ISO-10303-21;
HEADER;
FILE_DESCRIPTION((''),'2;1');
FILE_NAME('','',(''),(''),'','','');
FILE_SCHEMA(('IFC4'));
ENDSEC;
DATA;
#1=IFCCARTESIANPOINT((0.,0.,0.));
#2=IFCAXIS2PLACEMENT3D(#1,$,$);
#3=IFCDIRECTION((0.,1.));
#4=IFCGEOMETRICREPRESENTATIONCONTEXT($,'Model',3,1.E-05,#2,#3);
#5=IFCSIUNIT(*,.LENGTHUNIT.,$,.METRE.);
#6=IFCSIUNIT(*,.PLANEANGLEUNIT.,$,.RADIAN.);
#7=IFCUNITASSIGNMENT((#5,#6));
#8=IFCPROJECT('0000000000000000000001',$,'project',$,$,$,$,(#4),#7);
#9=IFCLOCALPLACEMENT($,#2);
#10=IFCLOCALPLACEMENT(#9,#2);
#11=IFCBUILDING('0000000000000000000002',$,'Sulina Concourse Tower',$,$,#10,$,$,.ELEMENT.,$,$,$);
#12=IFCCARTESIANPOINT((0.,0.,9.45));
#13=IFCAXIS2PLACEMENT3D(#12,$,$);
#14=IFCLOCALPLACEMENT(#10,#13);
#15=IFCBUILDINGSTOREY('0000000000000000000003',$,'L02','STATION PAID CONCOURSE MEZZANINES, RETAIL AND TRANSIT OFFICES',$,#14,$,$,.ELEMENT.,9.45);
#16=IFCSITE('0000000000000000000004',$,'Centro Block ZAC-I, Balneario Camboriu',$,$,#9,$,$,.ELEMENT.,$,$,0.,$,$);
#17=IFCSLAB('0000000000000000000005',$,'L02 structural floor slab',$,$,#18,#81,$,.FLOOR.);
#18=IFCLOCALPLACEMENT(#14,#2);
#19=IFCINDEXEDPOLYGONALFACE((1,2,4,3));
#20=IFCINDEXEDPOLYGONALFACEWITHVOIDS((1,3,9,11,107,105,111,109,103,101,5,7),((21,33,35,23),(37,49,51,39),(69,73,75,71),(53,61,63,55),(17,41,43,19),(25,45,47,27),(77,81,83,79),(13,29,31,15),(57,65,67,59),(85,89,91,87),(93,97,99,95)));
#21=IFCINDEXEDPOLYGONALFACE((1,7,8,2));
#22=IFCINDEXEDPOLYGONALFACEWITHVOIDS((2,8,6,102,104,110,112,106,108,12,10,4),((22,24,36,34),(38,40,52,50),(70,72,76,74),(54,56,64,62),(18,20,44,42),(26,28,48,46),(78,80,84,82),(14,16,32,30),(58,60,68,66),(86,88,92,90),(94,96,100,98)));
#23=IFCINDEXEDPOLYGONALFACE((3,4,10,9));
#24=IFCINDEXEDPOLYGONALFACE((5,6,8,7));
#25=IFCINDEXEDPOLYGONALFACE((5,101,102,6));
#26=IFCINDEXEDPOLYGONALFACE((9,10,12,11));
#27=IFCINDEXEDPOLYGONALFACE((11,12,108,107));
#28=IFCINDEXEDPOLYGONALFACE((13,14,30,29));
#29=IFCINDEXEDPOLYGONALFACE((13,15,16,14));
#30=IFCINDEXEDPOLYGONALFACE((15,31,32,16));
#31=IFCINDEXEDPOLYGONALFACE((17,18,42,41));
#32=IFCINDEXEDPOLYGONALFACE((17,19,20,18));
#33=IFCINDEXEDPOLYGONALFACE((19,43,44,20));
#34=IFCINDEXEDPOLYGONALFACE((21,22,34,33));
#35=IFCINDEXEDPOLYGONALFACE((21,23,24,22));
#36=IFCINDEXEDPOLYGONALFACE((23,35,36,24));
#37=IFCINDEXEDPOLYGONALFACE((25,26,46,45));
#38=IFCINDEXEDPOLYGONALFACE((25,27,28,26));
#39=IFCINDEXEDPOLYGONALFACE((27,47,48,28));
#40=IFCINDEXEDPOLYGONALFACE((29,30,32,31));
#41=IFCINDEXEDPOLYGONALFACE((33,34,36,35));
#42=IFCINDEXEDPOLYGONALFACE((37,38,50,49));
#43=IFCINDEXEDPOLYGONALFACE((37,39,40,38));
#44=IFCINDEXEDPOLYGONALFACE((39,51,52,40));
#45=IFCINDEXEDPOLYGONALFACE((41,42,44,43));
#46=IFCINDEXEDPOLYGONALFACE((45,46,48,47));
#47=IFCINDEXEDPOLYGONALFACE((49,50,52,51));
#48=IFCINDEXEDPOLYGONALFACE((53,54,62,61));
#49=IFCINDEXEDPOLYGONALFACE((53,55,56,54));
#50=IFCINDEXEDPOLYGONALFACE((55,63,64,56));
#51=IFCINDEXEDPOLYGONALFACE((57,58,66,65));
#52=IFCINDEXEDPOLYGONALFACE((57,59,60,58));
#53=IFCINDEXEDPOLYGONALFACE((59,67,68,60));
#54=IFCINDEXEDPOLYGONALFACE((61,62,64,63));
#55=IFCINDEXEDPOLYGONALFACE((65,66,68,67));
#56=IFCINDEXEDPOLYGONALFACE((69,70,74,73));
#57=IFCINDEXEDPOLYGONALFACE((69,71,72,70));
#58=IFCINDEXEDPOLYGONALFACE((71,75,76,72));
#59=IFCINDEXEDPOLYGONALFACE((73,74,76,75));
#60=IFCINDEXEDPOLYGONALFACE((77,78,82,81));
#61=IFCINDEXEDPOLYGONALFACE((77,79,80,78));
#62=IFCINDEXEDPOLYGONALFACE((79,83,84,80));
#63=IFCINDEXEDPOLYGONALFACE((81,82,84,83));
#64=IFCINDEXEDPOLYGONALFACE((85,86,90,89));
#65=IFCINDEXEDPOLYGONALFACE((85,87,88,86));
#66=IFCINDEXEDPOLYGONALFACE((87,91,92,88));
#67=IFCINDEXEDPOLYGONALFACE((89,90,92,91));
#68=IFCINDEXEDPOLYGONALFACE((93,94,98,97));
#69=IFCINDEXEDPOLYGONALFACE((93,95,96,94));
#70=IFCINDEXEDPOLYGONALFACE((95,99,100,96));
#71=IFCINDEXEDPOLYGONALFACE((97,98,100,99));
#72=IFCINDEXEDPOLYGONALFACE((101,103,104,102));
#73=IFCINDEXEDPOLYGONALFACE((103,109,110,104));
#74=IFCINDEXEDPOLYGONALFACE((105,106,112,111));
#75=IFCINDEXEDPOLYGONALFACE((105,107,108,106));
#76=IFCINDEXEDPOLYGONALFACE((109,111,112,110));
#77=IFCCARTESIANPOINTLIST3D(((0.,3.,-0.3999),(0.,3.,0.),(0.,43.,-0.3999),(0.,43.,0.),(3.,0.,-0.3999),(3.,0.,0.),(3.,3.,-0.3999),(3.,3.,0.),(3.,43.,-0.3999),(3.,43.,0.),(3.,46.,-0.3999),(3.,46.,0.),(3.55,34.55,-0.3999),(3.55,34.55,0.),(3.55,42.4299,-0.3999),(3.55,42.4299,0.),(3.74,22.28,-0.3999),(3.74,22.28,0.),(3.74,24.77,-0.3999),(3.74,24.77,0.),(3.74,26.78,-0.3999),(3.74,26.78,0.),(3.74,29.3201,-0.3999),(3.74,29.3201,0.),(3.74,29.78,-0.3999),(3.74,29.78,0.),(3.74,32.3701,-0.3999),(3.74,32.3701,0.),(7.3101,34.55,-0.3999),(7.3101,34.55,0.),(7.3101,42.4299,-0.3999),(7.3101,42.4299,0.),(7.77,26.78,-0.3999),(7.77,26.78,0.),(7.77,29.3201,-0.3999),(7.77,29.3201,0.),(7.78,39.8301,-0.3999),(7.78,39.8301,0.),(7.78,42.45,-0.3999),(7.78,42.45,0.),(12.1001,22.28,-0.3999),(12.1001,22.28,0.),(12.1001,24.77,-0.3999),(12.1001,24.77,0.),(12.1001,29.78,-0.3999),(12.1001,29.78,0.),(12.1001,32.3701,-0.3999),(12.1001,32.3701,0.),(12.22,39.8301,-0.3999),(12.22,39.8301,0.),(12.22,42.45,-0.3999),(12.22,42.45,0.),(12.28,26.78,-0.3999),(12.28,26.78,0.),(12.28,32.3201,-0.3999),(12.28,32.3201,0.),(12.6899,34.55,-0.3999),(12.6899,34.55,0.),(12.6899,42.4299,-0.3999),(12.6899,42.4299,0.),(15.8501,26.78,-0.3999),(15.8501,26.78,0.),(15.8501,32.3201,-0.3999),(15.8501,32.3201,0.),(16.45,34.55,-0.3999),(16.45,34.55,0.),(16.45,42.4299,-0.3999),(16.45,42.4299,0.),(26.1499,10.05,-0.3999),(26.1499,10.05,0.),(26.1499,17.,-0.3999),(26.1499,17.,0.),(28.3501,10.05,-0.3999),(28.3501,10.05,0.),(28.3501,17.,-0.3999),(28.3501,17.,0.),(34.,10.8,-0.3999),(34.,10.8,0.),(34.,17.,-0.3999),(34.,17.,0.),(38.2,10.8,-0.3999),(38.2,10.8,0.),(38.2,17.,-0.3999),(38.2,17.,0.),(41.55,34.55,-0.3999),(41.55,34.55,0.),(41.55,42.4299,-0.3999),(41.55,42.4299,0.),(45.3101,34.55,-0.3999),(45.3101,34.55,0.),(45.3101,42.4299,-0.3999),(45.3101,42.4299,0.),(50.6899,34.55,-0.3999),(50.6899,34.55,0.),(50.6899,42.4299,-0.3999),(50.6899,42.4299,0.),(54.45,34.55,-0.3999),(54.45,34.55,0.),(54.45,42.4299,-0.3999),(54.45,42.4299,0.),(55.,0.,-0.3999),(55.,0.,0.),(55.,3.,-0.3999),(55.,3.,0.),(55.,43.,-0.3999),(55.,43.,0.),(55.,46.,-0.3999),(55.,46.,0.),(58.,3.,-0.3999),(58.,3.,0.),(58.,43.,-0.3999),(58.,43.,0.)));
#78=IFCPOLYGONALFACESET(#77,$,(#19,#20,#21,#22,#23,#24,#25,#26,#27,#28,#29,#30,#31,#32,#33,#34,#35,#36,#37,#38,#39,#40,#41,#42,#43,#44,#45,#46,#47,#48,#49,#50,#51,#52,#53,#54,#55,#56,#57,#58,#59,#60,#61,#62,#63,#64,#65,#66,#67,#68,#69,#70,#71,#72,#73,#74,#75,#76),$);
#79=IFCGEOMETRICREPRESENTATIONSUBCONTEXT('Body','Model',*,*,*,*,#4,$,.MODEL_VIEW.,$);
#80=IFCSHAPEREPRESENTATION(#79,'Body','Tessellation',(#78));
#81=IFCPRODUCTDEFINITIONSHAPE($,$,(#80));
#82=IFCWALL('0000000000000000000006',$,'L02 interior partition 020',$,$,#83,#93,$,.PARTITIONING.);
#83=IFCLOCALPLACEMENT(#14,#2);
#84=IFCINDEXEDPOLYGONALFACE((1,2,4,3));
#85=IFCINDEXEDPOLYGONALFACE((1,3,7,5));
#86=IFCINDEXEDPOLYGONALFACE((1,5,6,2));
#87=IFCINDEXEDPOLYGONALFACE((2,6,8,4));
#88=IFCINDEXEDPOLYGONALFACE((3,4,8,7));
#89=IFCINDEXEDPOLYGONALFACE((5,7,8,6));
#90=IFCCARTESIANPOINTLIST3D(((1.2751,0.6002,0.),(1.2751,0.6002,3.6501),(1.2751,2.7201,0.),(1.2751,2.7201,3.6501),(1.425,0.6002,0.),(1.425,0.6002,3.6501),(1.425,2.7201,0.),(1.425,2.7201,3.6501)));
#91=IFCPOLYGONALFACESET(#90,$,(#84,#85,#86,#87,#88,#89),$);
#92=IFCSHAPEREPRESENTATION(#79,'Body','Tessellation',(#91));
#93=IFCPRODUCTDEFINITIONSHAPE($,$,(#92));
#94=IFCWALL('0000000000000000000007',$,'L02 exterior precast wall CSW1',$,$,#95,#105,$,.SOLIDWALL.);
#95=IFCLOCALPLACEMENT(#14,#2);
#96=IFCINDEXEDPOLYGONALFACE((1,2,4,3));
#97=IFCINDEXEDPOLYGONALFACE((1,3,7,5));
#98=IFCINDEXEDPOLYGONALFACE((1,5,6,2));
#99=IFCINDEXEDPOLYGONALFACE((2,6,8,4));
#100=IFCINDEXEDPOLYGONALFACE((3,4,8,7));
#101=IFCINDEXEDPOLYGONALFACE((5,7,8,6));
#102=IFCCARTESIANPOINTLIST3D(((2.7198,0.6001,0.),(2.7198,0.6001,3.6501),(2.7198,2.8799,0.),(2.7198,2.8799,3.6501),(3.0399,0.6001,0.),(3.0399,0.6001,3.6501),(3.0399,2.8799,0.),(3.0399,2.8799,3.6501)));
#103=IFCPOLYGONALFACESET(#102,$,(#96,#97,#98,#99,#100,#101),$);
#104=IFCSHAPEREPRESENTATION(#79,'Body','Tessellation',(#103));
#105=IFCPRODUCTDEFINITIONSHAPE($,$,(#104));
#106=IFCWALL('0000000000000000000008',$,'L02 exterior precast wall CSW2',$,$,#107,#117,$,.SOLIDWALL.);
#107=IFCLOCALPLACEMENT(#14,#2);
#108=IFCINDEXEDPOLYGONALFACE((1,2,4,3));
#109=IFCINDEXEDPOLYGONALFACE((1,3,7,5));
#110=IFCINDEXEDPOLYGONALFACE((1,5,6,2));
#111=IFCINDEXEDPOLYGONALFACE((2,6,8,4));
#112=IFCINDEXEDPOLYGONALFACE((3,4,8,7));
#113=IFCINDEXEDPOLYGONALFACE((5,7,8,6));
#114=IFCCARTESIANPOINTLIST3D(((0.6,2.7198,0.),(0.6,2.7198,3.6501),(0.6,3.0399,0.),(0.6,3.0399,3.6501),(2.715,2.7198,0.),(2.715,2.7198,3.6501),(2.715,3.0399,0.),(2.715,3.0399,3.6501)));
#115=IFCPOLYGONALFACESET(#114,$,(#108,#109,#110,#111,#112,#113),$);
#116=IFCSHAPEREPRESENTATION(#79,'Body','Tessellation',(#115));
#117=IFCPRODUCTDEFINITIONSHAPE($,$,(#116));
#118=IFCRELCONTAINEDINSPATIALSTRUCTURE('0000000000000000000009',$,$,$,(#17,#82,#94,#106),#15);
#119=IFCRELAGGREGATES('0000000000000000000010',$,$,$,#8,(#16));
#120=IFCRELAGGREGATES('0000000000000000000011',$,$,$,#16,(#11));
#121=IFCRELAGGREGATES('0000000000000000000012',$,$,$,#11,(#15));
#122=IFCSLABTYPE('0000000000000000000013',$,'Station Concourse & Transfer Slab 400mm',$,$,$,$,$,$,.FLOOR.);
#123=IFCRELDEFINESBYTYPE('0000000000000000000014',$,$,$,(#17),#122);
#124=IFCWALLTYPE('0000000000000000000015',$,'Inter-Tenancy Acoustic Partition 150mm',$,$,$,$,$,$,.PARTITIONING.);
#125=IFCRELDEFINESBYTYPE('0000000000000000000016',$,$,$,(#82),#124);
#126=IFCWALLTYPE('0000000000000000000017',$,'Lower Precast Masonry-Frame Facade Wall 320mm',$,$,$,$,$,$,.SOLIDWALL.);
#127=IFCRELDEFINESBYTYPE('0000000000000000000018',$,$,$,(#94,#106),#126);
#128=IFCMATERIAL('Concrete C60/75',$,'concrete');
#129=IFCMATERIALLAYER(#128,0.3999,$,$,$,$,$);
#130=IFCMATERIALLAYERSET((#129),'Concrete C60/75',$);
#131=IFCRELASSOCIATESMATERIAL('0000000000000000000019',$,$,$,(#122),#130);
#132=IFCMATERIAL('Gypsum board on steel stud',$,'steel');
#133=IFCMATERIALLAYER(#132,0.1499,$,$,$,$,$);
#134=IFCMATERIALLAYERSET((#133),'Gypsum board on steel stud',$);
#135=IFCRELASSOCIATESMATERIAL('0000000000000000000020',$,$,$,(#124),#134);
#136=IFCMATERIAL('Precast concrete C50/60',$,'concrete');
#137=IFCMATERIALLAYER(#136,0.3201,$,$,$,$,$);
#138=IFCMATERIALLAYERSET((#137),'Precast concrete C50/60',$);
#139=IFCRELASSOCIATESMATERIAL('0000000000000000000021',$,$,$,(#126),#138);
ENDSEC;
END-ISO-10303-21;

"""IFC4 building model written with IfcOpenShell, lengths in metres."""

from ifc_helpers import new_model, si_unit, direction, frame, frame_2d, origin, place, context, subcontext, project, spatial, polyline, rectangle, outline, extrude, material, layer, layer_set, type_object, element, save


model = new_model("IFC4")

# Units and contexts
model_context = context("Model", 3, precision=1e-05, world=origin(), true_north=direction((0.0, 1.0)))
body_context = subcontext(model_context, "Body", "Model", "MODEL_VIEW")
ifc_project = project(units=[si_unit("LENGTHUNIT", "METRE"), si_unit("PLANEANGLEUNIT", "RADIAN")], contexts=[model_context])

# Site, building, storey
site_placement = place(None, origin())
site = spatial("IfcSite", under=ifc_project, at=site_placement, Name="Centro Block ZAC-I, Balneario Camboriu", CompositionType="ELEMENT", RefElevation=0.0)
building_placement = place(site_placement, origin())
building = spatial("IfcBuilding", under=site, at=building_placement, Name="Sulina Concourse Tower", CompositionType="ELEMENT")
storey_placement = place(building_placement, frame((0.0, 0.0, 9.45)))
storey = spatial("IfcBuildingStorey", under=building, at=storey_placement, Name="L02", Description="STATION PAID CONCOURSE MEZZANINES, RETAIL AND TRANSIT OFFICES", CompositionType="ELEMENT", Elevation=9.45)

# Slab
ifc_material_1 = material(Name="Concrete C60/75", Category="concrete")
ifc_layer_1 = layer(ifc_material_1, 0.3999)
ifc_layer_set_1 = layer_set([ifc_layer_1], Name="Concrete C60/75")
slab_type_1 = type_object("IfcSlabType", Name="Station Concourse & Transfer Slab 400mm", PredefinedType="FLOOR", material=ifc_layer_set_1)
slab_1_placement = place(storey_placement, frame((0.0, 0.0, -0.3999)))
element("IfcSlab", 1, at=slab_1_placement, inside=storey, type_object=slab_type_1, Name="L02 structural floor slab", PredefinedType="FLOOR", context=body_context, shape_type="SweptSolid", body=[
    extrude(outline(polyline([(3.0, 0.0), (55.0, 0.0), (55.0, 3.0), (58.0, 3.0), (58.0, 43.0), (55.0, 43.0), (55.0, 46.0), (3.0, 46.0), (3.0, 43.0), (0.0, 43.0), (0.0, 3.0), (3.0, 3.0), (3.0, 0.0)]), holes=[polyline([(7.3101, 34.55), (7.3101, 42.4299), (3.55, 42.4299), (3.55, 34.55), (7.3101, 34.55)]), polyline([(16.45, 34.55), (16.45, 42.4299), (12.6899, 42.4299), (12.6899, 34.55), (16.45, 34.55)]), polyline([(45.3101, 34.55), (45.3101, 42.4299), (41.55, 42.4299), (41.55, 34.55), (45.3101, 34.55)]), polyline([(54.45, 34.55), (54.45, 42.4299), (50.6899, 42.4299), (50.6899, 34.55), (54.45, 34.55)]), polyline([(26.1499, 10.05), (28.3501, 10.05), (28.3501, 17.0), (26.1499, 17.0), (26.1499, 10.05)]), polyline([(34.0, 10.8), (38.2, 10.8), (38.2, 17.0), (34.0, 17.0), (34.0, 10.8)]), polyline([(7.78, 39.8301), (12.22, 39.8301), (12.22, 42.45), (7.78, 42.45), (7.78, 39.8301)]), polyline([(3.74, 26.78), (7.77, 26.78), (7.77, 29.3201), (3.74, 29.3201), (3.74, 26.78)]), polyline([(3.74, 29.78), (12.1001, 29.78), (12.1001, 32.3701), (3.74, 32.3701), (3.74, 29.78)]), polyline([(3.74, 22.28), (12.1001, 22.28), (12.1001, 24.77), (3.74, 24.77), (3.74, 22.28)]), polyline([(12.28, 26.78), (15.8501, 26.78), (15.8501, 32.3201), (12.28, 32.3201), (12.28, 26.78)])]), origin(), (0.0, 0.0, 1.0), 0.3999),
])

# Walls
ifc_material_2 = material(Name="Gypsum board on steel stud", Category="steel")
ifc_layer_2 = layer(ifc_material_2, 0.1499)
ifc_layer_set_2 = layer_set([ifc_layer_2], Name="Gypsum board on steel stud")
wall_type_1 = type_object("IfcWallType", Name="Inter-Tenancy Acoustic Partition 150mm", PredefinedType="PARTITIONING", material=ifc_layer_set_2)
wall_1_placement = place(storey_placement, frame((1.3501, 0.6001, 0.0), z_axis=(0.0, 0.0, 1.0), x_axis=(0.0, 1.0, 0.0)))
element("IfcWall", 2, at=wall_1_placement, inside=storey, type_object=wall_type_1, Name="L02 interior partition 020", PredefinedType="PARTITIONING", context=body_context, shape_type="SweptSolid", body=[
    extrude(rectangle(XDim=2.1199, YDim=0.1499, at=frame_2d((1.0601, 0.0))), origin(), (0.0, 0.0, 1.0), 3.6501),
])
ifc_material_3 = material(Name="Precast concrete C50/60", Category="concrete")
ifc_layer_3 = layer(ifc_material_3, 0.3201)
ifc_layer_set_3 = layer_set([ifc_layer_3], Name="Precast concrete C50/60")
wall_type_2 = type_object("IfcWallType", Name="Lower Precast Masonry-Frame Facade Wall 320mm", PredefinedType="SOLIDWALL", material=ifc_layer_set_3)
wall_2_placement = place(storey_placement, frame((2.8799, 0.6001, 0.0), z_axis=(0.0, 0.0, 1.0), x_axis=(0.0, 1.0, 0.0)))
element("IfcWall", 3, at=wall_2_placement, inside=storey, type_object=wall_type_2, Name="L02 exterior precast wall CSW1", PredefinedType="SOLIDWALL", context=body_context, shape_type="SweptSolid", body=[
    extrude(rectangle(XDim=2.2798, YDim=0.3201, at=frame_2d((1.1399, 0.0))), origin(), (0.0, 0.0, 1.0), 3.6501),
])
wall_3_placement = place(storey_placement, frame((2.7151, 2.8799, 0.0), z_axis=(0.0, 0.0, 1.0), x_axis=(-1.0, 0.0, 0.0)))
element("IfcWall", 4, at=wall_3_placement, inside=storey, type_object=wall_type_2, Name="L02 exterior precast wall CSW2", PredefinedType="SOLIDWALL", context=body_context, shape_type="SweptSolid", body=[
    extrude(rectangle(XDim=2.115, YDim=0.3201, at=frame_2d((1.0576, 0.0))), origin(), (0.0, 0.0, 1.0), 3.6501),
])

save(model, "model.ifc")
